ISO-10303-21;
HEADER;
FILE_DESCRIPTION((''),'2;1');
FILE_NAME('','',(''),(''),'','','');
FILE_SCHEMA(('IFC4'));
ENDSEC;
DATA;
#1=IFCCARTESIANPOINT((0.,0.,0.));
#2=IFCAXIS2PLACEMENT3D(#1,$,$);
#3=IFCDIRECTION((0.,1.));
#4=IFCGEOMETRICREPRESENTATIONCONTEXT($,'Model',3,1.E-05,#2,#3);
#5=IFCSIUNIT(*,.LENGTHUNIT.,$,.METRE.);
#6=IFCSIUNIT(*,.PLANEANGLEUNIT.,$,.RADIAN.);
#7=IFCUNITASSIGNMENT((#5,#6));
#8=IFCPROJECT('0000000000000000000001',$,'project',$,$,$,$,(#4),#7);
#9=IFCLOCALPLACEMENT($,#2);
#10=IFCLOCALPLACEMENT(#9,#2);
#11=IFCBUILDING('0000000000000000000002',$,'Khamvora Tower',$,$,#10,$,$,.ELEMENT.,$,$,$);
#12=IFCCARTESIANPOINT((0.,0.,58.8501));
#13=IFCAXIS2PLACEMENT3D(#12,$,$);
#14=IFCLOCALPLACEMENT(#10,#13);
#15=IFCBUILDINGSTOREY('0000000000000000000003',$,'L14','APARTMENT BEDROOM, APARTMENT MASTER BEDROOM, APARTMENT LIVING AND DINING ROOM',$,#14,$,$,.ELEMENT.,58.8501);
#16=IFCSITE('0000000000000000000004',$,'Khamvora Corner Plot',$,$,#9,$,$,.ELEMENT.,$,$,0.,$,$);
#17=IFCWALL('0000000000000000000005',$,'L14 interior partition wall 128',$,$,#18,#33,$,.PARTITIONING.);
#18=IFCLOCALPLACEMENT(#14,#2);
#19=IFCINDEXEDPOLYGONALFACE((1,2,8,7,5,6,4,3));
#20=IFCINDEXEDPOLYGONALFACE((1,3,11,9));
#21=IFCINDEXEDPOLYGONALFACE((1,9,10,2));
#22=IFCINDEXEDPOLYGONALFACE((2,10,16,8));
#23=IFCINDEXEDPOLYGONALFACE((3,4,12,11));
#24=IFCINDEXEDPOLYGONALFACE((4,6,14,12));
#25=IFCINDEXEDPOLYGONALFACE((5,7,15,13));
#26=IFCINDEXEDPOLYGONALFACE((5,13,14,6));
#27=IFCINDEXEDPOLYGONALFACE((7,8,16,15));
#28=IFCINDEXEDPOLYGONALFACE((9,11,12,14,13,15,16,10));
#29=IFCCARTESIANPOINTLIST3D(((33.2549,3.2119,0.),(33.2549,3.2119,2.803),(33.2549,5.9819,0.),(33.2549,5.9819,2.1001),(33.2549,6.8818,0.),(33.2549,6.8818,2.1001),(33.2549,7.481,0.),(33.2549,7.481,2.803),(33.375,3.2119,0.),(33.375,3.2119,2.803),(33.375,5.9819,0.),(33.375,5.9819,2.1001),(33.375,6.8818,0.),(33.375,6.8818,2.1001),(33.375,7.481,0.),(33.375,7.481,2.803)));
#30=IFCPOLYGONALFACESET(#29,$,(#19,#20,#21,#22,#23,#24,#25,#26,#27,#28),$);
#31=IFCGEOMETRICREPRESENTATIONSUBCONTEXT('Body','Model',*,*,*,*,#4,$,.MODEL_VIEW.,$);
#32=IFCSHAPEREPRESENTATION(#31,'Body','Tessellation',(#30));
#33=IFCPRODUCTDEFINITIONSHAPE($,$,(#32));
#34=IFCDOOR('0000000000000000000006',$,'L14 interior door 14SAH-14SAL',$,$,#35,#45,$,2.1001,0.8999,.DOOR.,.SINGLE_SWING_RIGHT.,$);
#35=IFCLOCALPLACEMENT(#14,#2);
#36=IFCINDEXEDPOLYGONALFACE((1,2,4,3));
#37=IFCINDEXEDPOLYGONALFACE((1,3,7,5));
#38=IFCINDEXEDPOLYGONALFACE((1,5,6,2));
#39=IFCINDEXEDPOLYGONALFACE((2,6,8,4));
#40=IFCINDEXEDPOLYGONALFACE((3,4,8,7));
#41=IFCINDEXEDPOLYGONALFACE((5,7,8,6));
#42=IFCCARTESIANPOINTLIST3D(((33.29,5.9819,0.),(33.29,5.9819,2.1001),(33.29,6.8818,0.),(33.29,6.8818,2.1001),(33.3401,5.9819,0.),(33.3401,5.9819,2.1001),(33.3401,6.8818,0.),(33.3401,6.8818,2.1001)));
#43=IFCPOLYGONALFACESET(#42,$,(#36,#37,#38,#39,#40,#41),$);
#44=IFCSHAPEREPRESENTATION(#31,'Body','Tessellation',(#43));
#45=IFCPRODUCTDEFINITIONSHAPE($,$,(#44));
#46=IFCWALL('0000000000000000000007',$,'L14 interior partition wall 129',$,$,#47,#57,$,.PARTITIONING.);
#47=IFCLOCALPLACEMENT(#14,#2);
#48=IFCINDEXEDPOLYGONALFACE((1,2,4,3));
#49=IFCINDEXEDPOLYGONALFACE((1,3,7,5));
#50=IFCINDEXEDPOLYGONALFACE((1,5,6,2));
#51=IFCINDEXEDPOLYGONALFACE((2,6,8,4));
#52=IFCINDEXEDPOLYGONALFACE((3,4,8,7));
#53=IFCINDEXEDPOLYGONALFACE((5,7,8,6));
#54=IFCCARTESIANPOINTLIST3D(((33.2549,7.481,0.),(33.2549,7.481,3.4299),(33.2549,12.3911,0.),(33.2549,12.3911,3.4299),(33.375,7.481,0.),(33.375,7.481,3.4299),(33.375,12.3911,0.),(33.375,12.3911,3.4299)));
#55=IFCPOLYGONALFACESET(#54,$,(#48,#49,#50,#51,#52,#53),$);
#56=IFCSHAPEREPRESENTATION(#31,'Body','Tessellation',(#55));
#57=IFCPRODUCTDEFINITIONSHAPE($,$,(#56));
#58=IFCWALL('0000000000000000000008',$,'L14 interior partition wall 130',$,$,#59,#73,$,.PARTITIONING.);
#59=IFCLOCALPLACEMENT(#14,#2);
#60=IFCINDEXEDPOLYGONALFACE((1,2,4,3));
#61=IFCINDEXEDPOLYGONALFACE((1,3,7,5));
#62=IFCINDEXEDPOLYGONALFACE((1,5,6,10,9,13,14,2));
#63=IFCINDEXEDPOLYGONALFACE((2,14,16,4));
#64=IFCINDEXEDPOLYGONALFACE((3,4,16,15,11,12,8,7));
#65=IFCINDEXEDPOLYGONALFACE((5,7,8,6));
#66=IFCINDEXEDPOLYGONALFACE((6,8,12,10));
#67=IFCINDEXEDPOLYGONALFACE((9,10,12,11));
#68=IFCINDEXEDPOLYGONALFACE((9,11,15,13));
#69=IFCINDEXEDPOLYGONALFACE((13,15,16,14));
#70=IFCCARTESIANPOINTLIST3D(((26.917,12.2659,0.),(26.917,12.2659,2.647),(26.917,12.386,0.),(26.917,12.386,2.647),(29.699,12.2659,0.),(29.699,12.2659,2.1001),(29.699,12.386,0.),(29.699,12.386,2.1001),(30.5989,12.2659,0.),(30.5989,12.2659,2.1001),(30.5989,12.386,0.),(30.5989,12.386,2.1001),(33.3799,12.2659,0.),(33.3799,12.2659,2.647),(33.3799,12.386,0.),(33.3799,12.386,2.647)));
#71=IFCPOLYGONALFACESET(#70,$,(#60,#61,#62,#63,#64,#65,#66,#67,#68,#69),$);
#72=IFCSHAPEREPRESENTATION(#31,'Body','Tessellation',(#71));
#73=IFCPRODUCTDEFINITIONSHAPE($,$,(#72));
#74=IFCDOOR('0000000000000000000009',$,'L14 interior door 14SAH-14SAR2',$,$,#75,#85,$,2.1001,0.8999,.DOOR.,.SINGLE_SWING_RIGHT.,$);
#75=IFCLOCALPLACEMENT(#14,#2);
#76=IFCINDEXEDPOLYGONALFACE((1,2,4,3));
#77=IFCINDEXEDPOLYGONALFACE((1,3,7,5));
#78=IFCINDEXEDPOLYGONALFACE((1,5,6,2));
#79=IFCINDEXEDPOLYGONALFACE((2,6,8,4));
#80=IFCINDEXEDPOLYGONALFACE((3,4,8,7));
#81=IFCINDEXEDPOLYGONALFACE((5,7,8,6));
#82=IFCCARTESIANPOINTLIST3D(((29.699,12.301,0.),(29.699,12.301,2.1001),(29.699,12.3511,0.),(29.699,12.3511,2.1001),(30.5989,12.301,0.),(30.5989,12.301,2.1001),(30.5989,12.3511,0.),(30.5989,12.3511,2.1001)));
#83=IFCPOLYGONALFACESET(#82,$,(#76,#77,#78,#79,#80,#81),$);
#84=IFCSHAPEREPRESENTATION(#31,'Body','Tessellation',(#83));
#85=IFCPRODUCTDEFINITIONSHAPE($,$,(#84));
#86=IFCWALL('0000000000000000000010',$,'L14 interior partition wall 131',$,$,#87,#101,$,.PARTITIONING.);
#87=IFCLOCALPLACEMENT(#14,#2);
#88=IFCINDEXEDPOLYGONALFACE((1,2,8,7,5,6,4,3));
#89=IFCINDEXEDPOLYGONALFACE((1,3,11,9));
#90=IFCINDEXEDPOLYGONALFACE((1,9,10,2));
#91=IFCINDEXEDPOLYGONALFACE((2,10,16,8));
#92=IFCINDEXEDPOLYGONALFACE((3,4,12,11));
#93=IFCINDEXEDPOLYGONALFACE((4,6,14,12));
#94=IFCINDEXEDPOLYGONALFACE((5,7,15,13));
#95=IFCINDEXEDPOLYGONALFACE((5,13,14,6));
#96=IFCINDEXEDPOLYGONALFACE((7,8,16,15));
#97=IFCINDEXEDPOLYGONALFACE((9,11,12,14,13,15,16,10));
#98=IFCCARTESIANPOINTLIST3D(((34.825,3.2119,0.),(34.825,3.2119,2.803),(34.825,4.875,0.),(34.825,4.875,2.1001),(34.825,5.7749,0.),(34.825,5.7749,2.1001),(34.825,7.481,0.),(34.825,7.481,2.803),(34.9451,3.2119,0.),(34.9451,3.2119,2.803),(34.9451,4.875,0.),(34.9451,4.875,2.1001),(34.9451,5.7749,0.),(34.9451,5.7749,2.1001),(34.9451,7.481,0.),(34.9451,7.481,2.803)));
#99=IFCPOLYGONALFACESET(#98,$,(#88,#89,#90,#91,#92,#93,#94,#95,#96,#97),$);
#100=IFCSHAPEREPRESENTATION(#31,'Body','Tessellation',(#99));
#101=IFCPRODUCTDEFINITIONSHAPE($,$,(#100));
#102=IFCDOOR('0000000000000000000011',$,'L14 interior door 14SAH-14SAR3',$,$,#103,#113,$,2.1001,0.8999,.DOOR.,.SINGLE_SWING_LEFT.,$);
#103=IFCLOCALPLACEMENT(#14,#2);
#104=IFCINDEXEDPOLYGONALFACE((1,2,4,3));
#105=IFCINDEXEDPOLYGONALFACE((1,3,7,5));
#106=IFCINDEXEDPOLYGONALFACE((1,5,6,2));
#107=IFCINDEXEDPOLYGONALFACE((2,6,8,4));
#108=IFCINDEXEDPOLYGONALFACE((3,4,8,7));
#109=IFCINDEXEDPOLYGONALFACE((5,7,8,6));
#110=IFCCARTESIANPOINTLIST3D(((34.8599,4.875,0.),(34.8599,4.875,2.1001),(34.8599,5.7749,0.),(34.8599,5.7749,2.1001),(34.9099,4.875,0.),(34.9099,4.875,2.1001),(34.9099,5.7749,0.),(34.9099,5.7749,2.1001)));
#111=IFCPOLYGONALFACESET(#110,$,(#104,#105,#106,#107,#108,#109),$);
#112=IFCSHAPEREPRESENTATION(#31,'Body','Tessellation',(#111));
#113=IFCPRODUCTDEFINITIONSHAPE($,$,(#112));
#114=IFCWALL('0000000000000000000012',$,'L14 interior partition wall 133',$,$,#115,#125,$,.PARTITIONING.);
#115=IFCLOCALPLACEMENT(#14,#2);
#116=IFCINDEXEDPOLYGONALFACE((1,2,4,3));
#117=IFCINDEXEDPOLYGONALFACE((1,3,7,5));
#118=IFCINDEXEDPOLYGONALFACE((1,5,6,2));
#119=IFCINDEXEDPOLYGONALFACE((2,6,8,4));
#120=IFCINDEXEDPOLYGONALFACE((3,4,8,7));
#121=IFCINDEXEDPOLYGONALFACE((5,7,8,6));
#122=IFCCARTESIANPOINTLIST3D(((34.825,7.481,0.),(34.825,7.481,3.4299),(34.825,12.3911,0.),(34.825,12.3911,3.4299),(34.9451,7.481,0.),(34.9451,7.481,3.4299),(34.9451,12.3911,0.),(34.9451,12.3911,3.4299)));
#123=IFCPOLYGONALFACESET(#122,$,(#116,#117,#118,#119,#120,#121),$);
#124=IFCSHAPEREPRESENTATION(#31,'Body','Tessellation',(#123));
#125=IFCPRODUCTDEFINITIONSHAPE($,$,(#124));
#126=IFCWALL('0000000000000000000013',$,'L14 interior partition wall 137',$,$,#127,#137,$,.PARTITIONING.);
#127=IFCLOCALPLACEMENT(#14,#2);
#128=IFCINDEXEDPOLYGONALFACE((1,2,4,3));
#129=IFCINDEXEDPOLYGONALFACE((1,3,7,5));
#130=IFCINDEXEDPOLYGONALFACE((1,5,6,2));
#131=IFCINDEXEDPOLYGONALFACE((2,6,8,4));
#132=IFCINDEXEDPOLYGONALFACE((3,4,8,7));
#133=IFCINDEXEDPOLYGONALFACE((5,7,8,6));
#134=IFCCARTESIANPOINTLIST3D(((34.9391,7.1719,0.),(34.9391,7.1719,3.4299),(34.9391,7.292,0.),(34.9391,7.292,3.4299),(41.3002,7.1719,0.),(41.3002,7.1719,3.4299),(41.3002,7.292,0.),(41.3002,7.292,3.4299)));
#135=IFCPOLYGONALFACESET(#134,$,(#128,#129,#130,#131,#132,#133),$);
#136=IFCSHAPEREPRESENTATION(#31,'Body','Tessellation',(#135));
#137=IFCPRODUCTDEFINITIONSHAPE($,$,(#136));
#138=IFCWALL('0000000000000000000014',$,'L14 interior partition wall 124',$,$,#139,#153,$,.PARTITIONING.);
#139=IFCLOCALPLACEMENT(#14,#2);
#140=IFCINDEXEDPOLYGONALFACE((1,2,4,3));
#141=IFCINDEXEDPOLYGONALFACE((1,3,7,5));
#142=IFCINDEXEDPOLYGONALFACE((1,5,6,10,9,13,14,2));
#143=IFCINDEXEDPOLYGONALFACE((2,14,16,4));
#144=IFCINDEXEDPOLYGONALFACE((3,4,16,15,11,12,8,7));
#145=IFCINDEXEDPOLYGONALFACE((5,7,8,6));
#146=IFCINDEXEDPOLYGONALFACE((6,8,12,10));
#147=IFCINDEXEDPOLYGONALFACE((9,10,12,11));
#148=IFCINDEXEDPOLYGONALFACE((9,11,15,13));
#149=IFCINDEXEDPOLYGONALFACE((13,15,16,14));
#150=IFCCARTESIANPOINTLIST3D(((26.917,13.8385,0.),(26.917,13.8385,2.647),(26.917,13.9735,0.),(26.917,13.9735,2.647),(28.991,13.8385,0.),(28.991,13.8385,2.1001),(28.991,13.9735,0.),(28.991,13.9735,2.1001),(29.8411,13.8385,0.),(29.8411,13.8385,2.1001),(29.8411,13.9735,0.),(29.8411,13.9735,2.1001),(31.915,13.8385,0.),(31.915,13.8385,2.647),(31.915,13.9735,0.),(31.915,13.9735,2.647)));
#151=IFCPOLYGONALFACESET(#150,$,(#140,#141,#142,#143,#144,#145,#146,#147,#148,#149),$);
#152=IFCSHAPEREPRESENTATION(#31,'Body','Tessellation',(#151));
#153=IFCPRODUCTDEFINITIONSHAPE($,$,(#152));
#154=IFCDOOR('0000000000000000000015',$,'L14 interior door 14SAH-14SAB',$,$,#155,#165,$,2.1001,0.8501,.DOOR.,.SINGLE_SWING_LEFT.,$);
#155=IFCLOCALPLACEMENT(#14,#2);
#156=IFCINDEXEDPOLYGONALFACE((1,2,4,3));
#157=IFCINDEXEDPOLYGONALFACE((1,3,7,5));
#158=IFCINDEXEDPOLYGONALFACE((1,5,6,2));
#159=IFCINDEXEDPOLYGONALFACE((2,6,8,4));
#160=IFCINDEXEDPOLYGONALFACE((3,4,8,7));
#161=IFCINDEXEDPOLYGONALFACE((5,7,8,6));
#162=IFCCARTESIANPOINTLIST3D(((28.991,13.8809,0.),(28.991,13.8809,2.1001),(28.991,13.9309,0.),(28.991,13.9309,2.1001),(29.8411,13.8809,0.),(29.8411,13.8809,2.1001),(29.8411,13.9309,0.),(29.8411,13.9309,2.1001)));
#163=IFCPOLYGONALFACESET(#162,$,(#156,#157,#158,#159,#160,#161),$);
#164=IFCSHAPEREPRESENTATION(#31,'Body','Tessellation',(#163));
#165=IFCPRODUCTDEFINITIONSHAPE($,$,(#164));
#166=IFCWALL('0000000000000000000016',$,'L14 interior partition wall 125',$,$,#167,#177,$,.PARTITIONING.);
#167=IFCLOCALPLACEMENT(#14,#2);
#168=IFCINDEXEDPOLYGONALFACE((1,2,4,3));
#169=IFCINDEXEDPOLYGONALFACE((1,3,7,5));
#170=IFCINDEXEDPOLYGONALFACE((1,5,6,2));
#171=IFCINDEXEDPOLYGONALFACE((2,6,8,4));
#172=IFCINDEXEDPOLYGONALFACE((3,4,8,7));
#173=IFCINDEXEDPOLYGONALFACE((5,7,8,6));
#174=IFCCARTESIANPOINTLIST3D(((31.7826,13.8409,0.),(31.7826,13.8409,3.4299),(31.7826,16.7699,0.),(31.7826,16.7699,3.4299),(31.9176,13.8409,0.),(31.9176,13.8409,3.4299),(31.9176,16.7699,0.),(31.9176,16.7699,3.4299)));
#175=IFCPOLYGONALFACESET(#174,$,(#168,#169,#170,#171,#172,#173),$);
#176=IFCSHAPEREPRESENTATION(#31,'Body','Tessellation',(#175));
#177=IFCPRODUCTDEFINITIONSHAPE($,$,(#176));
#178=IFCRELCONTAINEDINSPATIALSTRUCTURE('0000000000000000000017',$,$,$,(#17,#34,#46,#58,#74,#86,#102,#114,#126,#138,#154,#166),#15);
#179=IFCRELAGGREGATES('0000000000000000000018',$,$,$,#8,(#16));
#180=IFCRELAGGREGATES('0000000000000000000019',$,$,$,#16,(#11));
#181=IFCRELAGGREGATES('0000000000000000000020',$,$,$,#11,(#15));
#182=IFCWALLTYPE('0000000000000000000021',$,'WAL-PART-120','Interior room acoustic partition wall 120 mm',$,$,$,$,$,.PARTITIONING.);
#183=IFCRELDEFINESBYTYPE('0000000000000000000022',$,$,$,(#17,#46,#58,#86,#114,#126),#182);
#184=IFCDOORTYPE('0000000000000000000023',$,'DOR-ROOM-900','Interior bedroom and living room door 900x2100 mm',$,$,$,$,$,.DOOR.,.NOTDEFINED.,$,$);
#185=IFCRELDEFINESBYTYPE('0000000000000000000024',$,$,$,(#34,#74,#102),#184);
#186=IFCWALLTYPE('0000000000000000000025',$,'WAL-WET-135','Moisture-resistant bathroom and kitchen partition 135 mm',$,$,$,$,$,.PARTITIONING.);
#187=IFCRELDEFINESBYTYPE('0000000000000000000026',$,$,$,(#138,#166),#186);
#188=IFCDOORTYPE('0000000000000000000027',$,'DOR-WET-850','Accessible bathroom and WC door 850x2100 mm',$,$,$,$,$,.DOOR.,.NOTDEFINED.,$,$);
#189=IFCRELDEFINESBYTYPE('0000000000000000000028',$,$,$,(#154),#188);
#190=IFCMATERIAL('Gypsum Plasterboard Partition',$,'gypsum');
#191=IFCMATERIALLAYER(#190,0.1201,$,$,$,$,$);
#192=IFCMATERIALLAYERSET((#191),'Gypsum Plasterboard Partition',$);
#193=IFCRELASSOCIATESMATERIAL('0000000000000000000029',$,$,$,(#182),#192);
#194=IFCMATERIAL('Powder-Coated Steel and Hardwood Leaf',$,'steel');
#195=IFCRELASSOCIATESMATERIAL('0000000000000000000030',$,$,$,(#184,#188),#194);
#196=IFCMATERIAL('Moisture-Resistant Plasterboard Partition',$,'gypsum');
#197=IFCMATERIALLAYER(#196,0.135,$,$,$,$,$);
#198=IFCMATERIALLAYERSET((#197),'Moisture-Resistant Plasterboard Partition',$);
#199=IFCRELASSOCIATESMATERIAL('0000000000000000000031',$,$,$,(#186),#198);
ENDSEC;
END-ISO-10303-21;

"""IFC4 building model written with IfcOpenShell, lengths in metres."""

from ifc_helpers import new_model, si_unit, direction, frame, frame_2d, origin, place, context, subcontext, project, spatial, rectangle, extrude, material, layer, layer_set, type_object, element, fill, save


model = new_model("IFC4")

# Units and contexts
model_context = context("Model", 3, precision=1e-05, world=origin(), true_north=direction((0.0, 1.0)))
body_context = subcontext(model_context, "Body", "Model", "MODEL_VIEW")
ifc_project = project(units=[si_unit("LENGTHUNIT", "METRE"), si_unit("PLANEANGLEUNIT", "RADIAN")], contexts=[model_context])

# Site, building, storey
site_placement = place(None, origin())
site = spatial("IfcSite", under=ifc_project, at=site_placement, Name="Khamvora Corner Plot", CompositionType="ELEMENT", RefElevation=0.0)
building_placement = place(site_placement, origin())
building = spatial("IfcBuilding", under=site, at=building_placement, Name="Khamvora Tower", CompositionType="ELEMENT")
storey_placement = place(building_placement, frame((0.0, 0.0, 58.8501)))
storey = spatial("IfcBuildingStorey", under=building, at=storey_placement, Name="L14", Description="APARTMENT BEDROOM, APARTMENT MASTER BEDROOM, APARTMENT LIVING AND DINING ROOM", CompositionType="ELEMENT", Elevation=58.8501)

# Shared definitions
ifc_material_1 = material(Name="Powder-Coated Steel and Hardwood Leaf", Category="steel")

# Wall, opening, door
ifc_material_2 = material(Name="Gypsum Plasterboard Partition", Category="gypsum")
ifc_layer_1 = layer(ifc_material_2, 0.1201)
ifc_layer_set_1 = layer_set([ifc_layer_1], Name="Gypsum Plasterboard Partition")
wall_type_1 = type_object("IfcWallType", Name="WAL-PART-120", Description="Interior room acoustic partition wall 120 mm", PredefinedType="PARTITIONING", material=ifc_layer_set_1)
wall_1_placement = place(storey_placement, frame((33.3149, 3.2119, 0.0), z_axis=(0.0, 0.0, 1.0), x_axis=(0.0, 1.0, 0.0)))
wall_1 = element("IfcWall", 1, at=wall_1_placement, inside=storey, type_object=wall_type_1, Name="L14 interior partition wall 128", PredefinedType="PARTITIONING", context=body_context, shape_type="SweptSolid", body=[
    extrude(rectangle(XDim=4.269, YDim=0.1201, at=frame_2d((2.1345, 0.0))), origin(), (0.0, 0.0, 1.0), 2.803),
])
opening_1_placement = place(wall_1_placement, frame((2.77, 0.0, 0.0)))
opening_1 = element("IfcOpeningElement", 2, at=opening_1_placement, cuts=wall_1, PredefinedType="OPENING", context=body_context, shape_type="SweptSolid", body=[
    extrude(rectangle(XDim=0.8999, YDim=2.1001, at=frame_2d((0.45, 1.05))), frame((0.0, 0.0701, 0.0), z_axis=(0.0, -1.0, 0.0), x_axis=(1.0, 0.0, 0.0)), (0.0, 0.0, 1.0), 0.1401),
])
door_type_1 = type_object("IfcDoorType", Name="DOR-ROOM-900", Description="Interior bedroom and living room door 900x2100 mm", OperationType="NOTDEFINED", PredefinedType="DOOR", material=ifc_material_1)
door_1_placement = place(opening_1_placement, origin())
door_1 = element("IfcDoor", 3, at=door_1_placement, inside=storey, type_object=door_type_1, Name="L14 interior door 14SAH-14SAL", OperationType="SINGLE_SWING_RIGHT", OverallHeight=2.1001, OverallWidth=0.8999, PredefinedType="DOOR", context=body_context, shape_type="SweptSolid", body=[
    extrude(rectangle(XDim=0.8999, YDim=2.1001, at=frame_2d((0.45, 1.05))), frame((0.0, 0.0249, 0.0), z_axis=(0.0, -1.0, 0.0), x_axis=(1.0, 0.0, 0.0)), (0.0, 0.0, 1.0), 0.05),
])
fill(opening_1, door_1)

# Wall
wall_2_placement = place(storey_placement, frame((33.3149, 7.481, 0.0), z_axis=(0.0, 0.0, 1.0), x_axis=(0.0, 1.0, 0.0)))
element("IfcWall", 4, at=wall_2_placement, inside=storey, type_object=wall_type_1, Name="L14 interior partition wall 129", PredefinedType="PARTITIONING", context=body_context, shape_type="SweptSolid", body=[
    extrude(rectangle(XDim=4.9102, YDim=0.1201, at=frame_2d((2.4551, 0.0))), origin(), (0.0, 0.0, 1.0), 3.4299),
])

# Walls, openings, doors
wall_3_placement = place(storey_placement, frame((33.3799, 12.3259, 0.0), z_axis=(0.0, 0.0, 1.0), x_axis=(-1.0, 0.0, 0.0)))
wall_3 = element("IfcWall", 5, at=wall_3_placement, inside=storey, type_object=wall_type_1, Name="L14 interior partition wall 130", PredefinedType="PARTITIONING", context=body_context, shape_type="SweptSolid", body=[
    extrude(rectangle(XDim=6.4629, YDim=0.1201, at=frame_2d((3.2314, 0.0))), origin(), (0.0, 0.0, 1.0), 2.647),
])
opening_2_placement = place(wall_3_placement, frame((2.781, 0.0, 0.0)))
opening_2 = element("IfcOpeningElement", 6, at=opening_2_placement, cuts=wall_3, PredefinedType="OPENING", context=body_context, shape_type="SweptSolid", body=[
    extrude(rectangle(XDim=0.8999, YDim=2.1001, at=frame_2d((0.45, 1.05))), frame((0.0, 0.0701, 0.0), z_axis=(0.0, -1.0, 0.0), x_axis=(1.0, 0.0, 0.0)), (0.0, 0.0, 1.0), 0.1401),
])
door_2_placement = place(opening_2_placement, origin())
door_2 = element("IfcDoor", 7, at=door_2_placement, inside=storey, type_object=door_type_1, Name="L14 interior door 14SAH-14SAR2", OperationType="SINGLE_SWING_RIGHT", OverallHeight=2.1001, OverallWidth=0.8999, PredefinedType="DOOR", context=body_context, shape_type="SweptSolid", body=[
    extrude(rectangle(XDim=0.8999, YDim=2.1001, at=frame_2d((0.45, 1.05))), frame((0.0, 0.0249, 0.0), z_axis=(0.0, -1.0, 0.0), x_axis=(1.0, 0.0, 0.0)), (0.0, 0.0, 1.0), 0.05),
])
fill(opening_2, door_2)
wall_4_placement = place(storey_placement, frame((34.885, 7.481, 0.0), z_axis=(0.0, 0.0, 1.0), x_axis=(0.0, -1.0, 0.0)))
wall_4 = element("IfcWall", 8, at=wall_4_placement, inside=storey, type_object=wall_type_1, Name="L14 interior partition wall 131", PredefinedType="PARTITIONING", context=body_context, shape_type="SweptSolid", body=[
    extrude(rectangle(XDim=4.269, YDim=0.1201, at=frame_2d((2.1345, 0.0))), origin(), (0.0, 0.0, 1.0), 2.803),
])
opening_3_placement = place(wall_4_placement, frame((1.7061, 0.0, 0.0)))
opening_3 = element("IfcOpeningElement", 9, at=opening_3_placement, cuts=wall_4, PredefinedType="OPENING", context=body_context, shape_type="SweptSolid", body=[
    extrude(rectangle(XDim=0.8999, YDim=2.1001, at=frame_2d((0.45, 1.05))), frame((0.0, 0.0701, 0.0), z_axis=(0.0, -1.0, 0.0), x_axis=(1.0, 0.0, 0.0)), (0.0, 0.0, 1.0), 0.1401),
])
door_3_placement = place(opening_3_placement, origin())
door_3 = element("IfcDoor", 10, at=door_3_placement, inside=storey, type_object=door_type_1, Name="L14 interior door 14SAH-14SAR3", OperationType="SINGLE_SWING_LEFT", OverallHeight=2.1001, OverallWidth=0.8999, PredefinedType="DOOR", context=body_context, shape_type="SweptSolid", body=[
    extrude(rectangle(XDim=0.8999, YDim=2.1001, at=frame_2d((0.45, 1.05))), frame((0.0, 0.0249, 0.0), z_axis=(0.0, -1.0, 0.0), x_axis=(1.0, 0.0, 0.0)), (0.0, 0.0, 1.0), 0.05),
])
fill(opening_3, door_3)

# Walls
wall_5_placement = place(storey_placement, frame((34.885, 12.3911, 0.0), z_axis=(0.0, 0.0, 1.0), x_axis=(0.0, -1.0, 0.0)))
element("IfcWall", 11, at=wall_5_placement, inside=storey, type_object=wall_type_1, Name="L14 interior partition wall 133", PredefinedType="PARTITIONING", context=body_context, shape_type="SweptSolid", body=[
    extrude(rectangle(XDim=4.9102, YDim=0.1201, at=frame_2d((2.4551, 0.0))), origin(), (0.0, 0.0, 1.0), 3.4299),
])
wall_6_placement = place(storey_placement, frame((34.939, 7.2319, 0.0), z_axis=(0.0, 0.0, 1.0), x_axis=(1.0, 0.0, 0.0)))
element("IfcWall", 12, at=wall_6_placement, inside=storey, type_object=wall_type_1, Name="L14 interior partition wall 137", PredefinedType="PARTITIONING", context=body_context, shape_type="SweptSolid", body=[
    extrude(rectangle(XDim=6.3611, YDim=0.1201, at=frame_2d((3.1807, 0.0))), origin(), (0.0, 0.0, 1.0), 3.4299),
])

# Wall, opening, door
ifc_material_3 = material(Name="Moisture-Resistant Plasterboard Partition", Category="gypsum")
ifc_layer_2 = layer(ifc_material_3, 0.135)
ifc_layer_set_2 = layer_set([ifc_layer_2], Name="Moisture-Resistant Plasterboard Partition")
wall_type_2 = type_object("IfcWallType", Name="WAL-WET-135", Description="Moisture-resistant bathroom and kitchen partition 135 mm", PredefinedType="PARTITIONING", material=ifc_layer_set_2)
wall_7_placement = place(storey_placement, frame((26.917, 13.906, 0.0), z_axis=(0.0, 0.0, 1.0), x_axis=(1.0, 0.0, 0.0)))
wall_7 = element("IfcWall", 13, at=wall_7_placement, inside=storey, type_object=wall_type_2, Name="L14 interior partition wall 124", PredefinedType="PARTITIONING", context=body_context, shape_type="SweptSolid", body=[
    extrude(rectangle(XDim=4.998, YDim=0.135, at=frame_2d((2.499, 0.0))), origin(), (0.0, 0.0, 1.0), 2.647),
])
opening_4_placement = place(wall_7_placement, frame((2.074, 0.0, 0.0)))
opening_4 = element("IfcOpeningElement", 14, at=opening_4_placement, cuts=wall_7, PredefinedType="OPENING", context=body_context, shape_type="SweptSolid", body=[
    extrude(rectangle(XDim=0.8501, YDim=2.1001, at=frame_2d((0.425, 1.05))), frame((0.0, 0.0774, 0.0), z_axis=(0.0, -1.0, 0.0), x_axis=(1.0, 0.0, 0.0)), (0.0, 0.0, 1.0), 0.155),
])
door_type_2 = type_object("IfcDoorType", Name="DOR-WET-850", Description="Accessible bathroom and WC door 850x2100 mm", OperationType="NOTDEFINED", PredefinedType="DOOR", material=ifc_material_1)
door_4_placement = place(opening_4_placement, origin())
door_4 = element("IfcDoor", 15, at=door_4_placement, inside=storey, type_object=door_type_2, Name="L14 interior door 14SAH-14SAB", OperationType="SINGLE_SWING_LEFT", OverallHeight=2.1001, OverallWidth=0.8501, PredefinedType="DOOR", context=body_context, shape_type="SweptSolid", body=[
    extrude(rectangle(XDim=0.8501, YDim=2.1001, at=frame_2d((0.425, 1.05))), frame((0.0, 0.0249, 0.0), z_axis=(0.0, -1.0, 0.0), x_axis=(1.0, 0.0, 0.0)), (0.0, 0.0, 1.0), 0.05),
])
fill(opening_4, door_4)

# Wall
for number, where, z_axis, x_axis, name in (
    (16, (31.8501, 13.8411, 0.0), (0.0, 0.0, 1.0), (0.0, 1.0, 0.0), "L14 interior partition wall 125"),
):
    element("IfcWall", number, at=place(storey_placement, frame(where, z_axis=z_axis, x_axis=x_axis)), inside=storey, type_object=wall_type_2, Name=name, PredefinedType="PARTITIONING", context=body_context, shape_type="SweptSolid", body=[
        extrude(rectangle(XDim=2.929, YDim=0.135, at=frame_2d((1.4644, 0.0))), origin(), (0.0, 0.0, 1.0), 3.4299),
    ])

save(model, "model.ifc")
